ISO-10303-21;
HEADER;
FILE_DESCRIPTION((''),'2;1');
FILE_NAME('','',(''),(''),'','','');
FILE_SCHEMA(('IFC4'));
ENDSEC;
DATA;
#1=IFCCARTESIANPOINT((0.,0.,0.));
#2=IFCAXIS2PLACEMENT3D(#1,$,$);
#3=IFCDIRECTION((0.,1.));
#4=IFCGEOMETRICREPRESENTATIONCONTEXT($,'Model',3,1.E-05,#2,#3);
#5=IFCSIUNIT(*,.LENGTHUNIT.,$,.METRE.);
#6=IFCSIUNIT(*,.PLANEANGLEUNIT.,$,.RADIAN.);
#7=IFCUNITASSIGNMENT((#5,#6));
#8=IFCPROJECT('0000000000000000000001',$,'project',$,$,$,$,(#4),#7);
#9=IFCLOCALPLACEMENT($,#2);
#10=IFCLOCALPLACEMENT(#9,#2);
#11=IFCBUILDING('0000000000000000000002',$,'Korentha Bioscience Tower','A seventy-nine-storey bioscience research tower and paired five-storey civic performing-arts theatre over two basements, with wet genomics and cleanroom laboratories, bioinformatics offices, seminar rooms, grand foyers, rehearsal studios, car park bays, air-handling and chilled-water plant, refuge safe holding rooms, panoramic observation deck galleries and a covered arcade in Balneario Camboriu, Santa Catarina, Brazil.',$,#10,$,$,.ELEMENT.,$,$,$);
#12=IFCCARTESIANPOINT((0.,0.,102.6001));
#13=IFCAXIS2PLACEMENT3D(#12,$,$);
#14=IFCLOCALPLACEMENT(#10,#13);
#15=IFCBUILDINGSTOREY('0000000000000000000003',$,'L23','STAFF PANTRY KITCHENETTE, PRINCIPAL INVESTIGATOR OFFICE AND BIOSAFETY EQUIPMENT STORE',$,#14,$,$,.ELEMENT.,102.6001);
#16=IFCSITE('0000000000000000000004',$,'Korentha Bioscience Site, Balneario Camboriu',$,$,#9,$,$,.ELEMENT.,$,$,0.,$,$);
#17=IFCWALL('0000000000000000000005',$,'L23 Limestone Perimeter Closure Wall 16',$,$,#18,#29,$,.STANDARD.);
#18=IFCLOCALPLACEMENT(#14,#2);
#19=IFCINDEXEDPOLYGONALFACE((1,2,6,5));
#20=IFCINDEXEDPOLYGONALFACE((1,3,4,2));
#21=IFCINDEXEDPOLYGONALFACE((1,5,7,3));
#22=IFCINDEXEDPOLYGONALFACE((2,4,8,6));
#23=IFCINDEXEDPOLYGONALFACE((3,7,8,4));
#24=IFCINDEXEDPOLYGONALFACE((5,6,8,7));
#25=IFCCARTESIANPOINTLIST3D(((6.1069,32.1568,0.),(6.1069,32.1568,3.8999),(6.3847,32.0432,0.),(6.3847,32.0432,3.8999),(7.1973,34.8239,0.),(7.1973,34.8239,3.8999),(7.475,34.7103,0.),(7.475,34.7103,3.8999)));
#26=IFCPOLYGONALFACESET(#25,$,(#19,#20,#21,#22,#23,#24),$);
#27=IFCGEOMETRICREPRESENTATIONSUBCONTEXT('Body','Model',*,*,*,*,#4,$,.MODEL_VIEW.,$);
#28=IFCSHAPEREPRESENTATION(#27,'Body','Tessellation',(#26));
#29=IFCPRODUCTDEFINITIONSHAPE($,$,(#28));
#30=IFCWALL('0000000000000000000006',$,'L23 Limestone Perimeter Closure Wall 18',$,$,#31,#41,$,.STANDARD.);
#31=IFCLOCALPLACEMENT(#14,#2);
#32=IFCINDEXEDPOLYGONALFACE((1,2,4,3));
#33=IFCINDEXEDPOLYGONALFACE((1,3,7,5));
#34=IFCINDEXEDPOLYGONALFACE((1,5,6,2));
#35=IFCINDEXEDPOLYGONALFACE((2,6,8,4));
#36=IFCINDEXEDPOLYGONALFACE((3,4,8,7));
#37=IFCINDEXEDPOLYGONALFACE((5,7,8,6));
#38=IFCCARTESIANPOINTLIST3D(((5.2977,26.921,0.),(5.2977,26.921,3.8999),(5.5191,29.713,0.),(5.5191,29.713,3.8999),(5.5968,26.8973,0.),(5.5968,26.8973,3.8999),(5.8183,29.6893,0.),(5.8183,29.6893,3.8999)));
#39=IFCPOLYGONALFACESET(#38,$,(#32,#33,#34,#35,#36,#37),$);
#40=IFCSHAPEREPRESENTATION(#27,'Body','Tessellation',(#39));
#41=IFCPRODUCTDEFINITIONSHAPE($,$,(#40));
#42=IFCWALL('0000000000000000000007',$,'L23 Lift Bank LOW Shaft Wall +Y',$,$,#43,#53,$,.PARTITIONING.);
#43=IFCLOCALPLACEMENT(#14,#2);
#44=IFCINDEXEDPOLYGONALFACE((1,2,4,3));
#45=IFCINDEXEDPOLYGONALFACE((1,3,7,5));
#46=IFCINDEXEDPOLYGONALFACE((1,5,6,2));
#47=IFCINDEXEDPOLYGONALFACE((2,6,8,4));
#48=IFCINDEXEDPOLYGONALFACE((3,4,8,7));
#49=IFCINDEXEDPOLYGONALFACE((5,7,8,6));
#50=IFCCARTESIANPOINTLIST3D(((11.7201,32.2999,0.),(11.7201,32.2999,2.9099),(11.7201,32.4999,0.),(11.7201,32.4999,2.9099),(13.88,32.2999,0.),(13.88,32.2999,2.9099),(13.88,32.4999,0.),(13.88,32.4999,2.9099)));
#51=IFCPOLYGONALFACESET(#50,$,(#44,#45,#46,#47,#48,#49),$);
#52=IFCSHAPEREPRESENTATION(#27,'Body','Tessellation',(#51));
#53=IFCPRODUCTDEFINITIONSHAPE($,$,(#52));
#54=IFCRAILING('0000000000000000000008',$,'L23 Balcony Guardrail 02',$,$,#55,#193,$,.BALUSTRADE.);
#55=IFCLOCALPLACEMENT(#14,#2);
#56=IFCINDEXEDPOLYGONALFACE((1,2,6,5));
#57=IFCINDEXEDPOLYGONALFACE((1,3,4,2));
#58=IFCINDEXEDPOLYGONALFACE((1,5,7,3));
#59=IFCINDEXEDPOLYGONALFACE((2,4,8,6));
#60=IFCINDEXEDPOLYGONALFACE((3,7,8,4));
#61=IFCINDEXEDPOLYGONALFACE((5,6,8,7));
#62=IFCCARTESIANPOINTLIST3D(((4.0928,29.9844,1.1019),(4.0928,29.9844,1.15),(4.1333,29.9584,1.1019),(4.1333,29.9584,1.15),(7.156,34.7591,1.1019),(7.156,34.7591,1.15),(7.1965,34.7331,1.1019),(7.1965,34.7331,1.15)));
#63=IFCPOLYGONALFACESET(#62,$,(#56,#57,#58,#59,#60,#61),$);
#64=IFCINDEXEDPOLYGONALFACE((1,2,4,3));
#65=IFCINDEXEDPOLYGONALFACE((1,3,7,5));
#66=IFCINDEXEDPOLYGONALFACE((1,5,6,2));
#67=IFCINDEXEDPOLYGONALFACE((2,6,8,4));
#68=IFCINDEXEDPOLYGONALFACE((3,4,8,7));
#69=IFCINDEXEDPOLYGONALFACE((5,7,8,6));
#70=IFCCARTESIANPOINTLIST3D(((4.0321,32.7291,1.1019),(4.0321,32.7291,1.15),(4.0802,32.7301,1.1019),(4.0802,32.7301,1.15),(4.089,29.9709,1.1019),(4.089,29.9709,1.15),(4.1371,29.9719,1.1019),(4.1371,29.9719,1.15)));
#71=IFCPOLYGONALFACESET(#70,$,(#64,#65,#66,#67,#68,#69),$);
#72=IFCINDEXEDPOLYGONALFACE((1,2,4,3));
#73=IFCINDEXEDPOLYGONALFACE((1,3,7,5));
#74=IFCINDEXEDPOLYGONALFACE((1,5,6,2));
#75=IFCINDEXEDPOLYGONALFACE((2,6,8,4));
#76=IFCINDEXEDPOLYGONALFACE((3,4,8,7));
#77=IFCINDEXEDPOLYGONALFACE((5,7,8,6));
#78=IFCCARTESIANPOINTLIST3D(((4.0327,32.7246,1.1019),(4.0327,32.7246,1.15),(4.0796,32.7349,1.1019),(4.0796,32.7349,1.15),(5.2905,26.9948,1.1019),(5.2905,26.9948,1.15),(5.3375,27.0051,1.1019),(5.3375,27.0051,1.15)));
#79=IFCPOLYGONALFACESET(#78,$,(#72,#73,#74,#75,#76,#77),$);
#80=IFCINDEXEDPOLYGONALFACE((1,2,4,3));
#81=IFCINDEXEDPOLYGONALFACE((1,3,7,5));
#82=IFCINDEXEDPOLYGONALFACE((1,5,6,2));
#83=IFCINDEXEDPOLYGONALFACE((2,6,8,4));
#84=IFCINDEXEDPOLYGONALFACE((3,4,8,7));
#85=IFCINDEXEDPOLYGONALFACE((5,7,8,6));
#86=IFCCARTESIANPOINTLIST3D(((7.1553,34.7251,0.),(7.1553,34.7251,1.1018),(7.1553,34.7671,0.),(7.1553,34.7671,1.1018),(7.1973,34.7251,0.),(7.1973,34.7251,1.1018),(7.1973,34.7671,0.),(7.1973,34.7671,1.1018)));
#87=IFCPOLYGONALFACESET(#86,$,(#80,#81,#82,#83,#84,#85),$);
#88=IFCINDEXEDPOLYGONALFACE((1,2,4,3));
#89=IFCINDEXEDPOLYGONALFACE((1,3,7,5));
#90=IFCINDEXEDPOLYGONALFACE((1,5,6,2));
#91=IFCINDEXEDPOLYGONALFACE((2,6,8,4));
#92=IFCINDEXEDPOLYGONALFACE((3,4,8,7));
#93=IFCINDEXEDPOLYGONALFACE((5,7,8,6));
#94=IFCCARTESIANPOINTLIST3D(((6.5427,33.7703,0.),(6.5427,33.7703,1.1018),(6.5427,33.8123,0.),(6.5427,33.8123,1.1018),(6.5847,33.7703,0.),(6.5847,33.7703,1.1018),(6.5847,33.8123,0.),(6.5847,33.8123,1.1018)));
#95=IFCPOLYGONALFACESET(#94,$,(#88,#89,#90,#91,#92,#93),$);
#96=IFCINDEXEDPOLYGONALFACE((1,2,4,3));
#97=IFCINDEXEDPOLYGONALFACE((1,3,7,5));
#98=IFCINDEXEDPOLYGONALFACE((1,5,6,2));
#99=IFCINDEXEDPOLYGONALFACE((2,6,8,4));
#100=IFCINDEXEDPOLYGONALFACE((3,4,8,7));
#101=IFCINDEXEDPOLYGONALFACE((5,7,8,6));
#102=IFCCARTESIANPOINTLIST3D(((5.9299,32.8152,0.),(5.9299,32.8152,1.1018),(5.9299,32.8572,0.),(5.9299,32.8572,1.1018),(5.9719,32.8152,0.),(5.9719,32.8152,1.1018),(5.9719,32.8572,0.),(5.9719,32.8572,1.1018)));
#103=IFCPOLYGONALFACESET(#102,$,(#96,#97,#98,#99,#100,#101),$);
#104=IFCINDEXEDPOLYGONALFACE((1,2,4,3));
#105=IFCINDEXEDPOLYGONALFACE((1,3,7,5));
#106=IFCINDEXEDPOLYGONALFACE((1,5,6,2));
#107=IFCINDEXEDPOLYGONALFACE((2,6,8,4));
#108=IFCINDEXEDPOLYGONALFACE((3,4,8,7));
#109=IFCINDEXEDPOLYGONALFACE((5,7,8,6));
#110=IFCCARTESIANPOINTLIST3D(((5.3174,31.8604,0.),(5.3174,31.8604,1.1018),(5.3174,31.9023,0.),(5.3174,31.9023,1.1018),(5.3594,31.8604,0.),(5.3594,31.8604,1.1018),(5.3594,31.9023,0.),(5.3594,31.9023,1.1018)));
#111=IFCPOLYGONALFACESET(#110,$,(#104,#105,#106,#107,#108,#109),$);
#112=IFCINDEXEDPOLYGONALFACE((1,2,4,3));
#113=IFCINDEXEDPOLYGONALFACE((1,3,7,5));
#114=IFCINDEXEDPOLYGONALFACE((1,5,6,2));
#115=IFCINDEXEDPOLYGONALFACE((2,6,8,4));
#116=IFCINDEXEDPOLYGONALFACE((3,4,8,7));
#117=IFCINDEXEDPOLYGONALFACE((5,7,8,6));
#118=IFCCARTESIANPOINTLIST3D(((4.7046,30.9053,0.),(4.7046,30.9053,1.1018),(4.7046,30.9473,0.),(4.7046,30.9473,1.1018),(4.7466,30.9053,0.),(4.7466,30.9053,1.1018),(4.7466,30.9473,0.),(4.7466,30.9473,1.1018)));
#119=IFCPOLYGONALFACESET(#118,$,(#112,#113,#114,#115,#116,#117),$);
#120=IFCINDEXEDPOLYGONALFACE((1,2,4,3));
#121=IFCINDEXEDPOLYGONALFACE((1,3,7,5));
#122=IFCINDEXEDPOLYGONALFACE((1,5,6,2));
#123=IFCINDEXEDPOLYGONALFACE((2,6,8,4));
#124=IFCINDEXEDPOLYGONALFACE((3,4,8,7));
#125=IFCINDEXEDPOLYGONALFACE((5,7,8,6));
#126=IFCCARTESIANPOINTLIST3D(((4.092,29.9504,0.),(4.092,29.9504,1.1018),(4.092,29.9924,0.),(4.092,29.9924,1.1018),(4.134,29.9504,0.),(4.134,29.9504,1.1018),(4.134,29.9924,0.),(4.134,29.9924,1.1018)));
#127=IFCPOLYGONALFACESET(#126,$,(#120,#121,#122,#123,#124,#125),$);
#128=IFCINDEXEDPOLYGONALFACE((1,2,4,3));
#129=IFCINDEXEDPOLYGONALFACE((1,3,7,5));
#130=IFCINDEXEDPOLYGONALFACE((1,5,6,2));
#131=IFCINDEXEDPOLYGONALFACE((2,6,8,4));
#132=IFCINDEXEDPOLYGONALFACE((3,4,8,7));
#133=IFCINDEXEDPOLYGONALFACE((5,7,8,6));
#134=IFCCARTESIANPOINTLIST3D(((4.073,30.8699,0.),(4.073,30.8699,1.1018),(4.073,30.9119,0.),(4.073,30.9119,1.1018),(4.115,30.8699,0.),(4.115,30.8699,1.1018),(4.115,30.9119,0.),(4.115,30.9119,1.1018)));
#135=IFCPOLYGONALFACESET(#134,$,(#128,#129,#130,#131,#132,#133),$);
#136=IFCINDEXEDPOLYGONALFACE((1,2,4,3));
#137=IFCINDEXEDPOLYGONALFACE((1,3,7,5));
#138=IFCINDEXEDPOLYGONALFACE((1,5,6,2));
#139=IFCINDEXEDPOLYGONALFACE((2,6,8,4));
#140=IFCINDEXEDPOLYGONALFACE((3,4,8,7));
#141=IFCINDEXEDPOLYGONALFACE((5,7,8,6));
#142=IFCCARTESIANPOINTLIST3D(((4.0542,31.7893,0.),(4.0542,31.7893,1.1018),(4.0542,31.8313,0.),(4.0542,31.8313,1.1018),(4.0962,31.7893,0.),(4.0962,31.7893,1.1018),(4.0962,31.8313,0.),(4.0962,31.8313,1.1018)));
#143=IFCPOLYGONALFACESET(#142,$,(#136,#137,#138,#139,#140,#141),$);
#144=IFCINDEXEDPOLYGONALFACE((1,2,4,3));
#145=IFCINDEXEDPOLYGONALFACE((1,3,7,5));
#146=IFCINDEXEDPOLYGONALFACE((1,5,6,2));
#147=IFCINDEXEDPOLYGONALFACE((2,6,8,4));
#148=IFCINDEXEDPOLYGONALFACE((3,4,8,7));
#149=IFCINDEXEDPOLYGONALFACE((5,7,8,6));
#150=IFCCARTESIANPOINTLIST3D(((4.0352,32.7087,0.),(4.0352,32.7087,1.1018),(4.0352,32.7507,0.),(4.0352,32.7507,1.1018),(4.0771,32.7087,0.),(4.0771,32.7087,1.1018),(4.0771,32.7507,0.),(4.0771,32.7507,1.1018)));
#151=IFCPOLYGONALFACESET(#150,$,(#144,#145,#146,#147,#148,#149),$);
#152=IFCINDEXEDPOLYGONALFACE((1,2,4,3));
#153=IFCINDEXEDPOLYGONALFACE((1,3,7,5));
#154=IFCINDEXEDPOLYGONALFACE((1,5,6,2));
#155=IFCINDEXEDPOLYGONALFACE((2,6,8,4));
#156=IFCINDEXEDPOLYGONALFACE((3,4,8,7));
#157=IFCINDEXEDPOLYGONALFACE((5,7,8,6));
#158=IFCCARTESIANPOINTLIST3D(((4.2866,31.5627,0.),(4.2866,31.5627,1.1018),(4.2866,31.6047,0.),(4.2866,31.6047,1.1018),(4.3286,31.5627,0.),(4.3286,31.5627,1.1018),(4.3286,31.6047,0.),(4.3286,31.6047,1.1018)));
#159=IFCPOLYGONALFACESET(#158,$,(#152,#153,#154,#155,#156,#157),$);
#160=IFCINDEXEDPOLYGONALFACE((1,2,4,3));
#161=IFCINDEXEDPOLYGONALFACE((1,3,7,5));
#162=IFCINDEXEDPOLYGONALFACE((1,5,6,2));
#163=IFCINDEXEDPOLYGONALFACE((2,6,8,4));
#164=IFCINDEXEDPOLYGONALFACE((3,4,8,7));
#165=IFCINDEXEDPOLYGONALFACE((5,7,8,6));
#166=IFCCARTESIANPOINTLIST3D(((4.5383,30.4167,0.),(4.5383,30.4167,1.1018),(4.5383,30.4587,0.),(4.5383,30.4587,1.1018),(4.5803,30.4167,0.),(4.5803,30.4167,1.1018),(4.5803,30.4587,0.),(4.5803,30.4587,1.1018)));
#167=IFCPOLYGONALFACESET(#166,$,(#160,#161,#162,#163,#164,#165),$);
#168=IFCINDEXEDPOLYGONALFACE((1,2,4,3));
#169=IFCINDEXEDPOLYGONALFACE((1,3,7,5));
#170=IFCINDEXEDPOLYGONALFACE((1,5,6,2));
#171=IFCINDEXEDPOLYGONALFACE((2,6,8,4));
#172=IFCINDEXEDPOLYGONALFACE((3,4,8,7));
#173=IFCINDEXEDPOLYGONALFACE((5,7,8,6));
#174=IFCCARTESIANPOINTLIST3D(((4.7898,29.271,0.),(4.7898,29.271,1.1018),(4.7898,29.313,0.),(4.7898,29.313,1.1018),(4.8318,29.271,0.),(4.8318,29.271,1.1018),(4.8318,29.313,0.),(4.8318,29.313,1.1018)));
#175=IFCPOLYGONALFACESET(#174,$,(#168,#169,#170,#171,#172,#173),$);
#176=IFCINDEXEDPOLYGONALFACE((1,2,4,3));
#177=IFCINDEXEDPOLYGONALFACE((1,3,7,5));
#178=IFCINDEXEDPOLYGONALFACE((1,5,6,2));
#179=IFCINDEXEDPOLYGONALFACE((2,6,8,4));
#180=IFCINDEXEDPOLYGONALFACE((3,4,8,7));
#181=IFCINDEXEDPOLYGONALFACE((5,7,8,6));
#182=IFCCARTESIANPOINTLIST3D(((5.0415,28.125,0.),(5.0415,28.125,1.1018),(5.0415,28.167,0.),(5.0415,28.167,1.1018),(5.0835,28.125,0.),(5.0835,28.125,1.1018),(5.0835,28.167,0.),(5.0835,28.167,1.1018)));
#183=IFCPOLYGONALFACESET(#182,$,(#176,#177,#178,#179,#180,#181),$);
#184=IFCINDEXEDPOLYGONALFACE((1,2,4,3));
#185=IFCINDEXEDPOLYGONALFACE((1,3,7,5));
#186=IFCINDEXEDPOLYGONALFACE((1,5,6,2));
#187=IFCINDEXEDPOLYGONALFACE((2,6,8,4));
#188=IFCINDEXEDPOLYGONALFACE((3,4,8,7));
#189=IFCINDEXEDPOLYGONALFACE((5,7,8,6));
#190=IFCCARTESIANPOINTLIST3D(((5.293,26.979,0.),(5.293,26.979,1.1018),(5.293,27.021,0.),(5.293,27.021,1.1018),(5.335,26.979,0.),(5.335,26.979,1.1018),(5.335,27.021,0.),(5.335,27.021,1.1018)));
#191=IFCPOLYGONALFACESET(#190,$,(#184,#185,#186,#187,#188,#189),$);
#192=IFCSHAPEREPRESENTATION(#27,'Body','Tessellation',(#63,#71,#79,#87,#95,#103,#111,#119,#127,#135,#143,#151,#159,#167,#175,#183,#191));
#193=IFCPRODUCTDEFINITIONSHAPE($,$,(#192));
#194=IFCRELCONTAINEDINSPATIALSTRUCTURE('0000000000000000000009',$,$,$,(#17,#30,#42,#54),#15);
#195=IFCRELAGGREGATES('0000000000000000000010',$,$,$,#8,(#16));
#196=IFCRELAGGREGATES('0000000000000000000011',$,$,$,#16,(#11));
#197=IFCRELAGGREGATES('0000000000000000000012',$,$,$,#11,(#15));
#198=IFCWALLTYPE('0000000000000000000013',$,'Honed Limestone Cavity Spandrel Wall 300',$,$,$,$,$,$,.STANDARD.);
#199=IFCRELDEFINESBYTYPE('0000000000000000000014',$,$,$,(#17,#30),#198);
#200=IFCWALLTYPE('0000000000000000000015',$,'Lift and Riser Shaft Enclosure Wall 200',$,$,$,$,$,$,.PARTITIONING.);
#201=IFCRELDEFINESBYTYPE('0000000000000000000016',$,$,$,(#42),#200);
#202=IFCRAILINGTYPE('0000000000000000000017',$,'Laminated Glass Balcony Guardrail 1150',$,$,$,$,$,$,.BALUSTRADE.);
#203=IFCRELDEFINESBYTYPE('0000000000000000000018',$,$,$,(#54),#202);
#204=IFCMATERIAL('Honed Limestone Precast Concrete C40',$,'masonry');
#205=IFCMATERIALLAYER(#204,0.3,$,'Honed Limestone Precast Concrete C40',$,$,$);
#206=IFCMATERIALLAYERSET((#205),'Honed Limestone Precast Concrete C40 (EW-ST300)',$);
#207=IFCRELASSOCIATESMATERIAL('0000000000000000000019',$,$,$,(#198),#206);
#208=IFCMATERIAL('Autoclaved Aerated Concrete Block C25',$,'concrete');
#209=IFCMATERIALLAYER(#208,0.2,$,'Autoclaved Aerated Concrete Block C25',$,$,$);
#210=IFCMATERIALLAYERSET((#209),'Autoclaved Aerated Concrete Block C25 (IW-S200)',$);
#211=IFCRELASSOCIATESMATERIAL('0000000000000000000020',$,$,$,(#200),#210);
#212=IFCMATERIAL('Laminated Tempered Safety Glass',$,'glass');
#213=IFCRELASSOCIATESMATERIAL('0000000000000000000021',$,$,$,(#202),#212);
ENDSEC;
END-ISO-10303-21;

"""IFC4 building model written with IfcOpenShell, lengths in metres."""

from ifc_helpers import new_model, si_unit, direction, frame, frame_2d, origin, origin_2d, place, context, subcontext, project, spatial, rectangle, extrude, material, layer, layer_set, type_object, element, save


model = new_model("IFC4")

# Units and contexts
model_context = context("Model", 3, precision=1e-05, world=origin(), true_north=direction((0.0, 1.0)))
body_context = subcontext(model_context, "Body", "Model", "MODEL_VIEW")
ifc_project = project(units=[si_unit("LENGTHUNIT", "METRE"), si_unit("PLANEANGLEUNIT", "RADIAN")], contexts=[model_context])

# Site, building, storey
site_placement = place(None, origin())
site = spatial("IfcSite", under=ifc_project, at=site_placement, Name="Korentha Bioscience Site, Balneario Camboriu", CompositionType="ELEMENT", RefElevation=0.0)
building_placement = place(site_placement, origin())
building = spatial("IfcBuilding", under=site, at=building_placement, Name="Korentha Bioscience Tower", Description="A seventy-nine-storey bioscience research tower and paired five-storey civic performing-arts theatre over two basements, with wet genomics and cleanroom laboratories, bioinformatics offices, seminar rooms, grand foyers, rehearsal studios, car park bays, air-handling and chilled-water plant, refuge safe holding rooms, panoramic observation deck galleries and a covered arcade in Balneario Camboriu, Santa Catarina, Brazil.", CompositionType="ELEMENT")
storey_placement = place(building_placement, frame((0.0, 0.0, 102.6001)))
storey = spatial("IfcBuildingStorey", under=building, at=storey_placement, Name="L23", Description="STAFF PANTRY KITCHENETTE, PRINCIPAL INVESTIGATOR OFFICE AND BIOSAFETY EQUIPMENT STORE", CompositionType="ELEMENT", Elevation=102.6001)

# Shared definitions
ifc_material_1 = material(Name="Honed Limestone Precast Concrete C40", Category="masonry")
ifc_layer_1 = layer(ifc_material_1, 0.3, Name="Honed Limestone Precast Concrete C40")
ifc_layer_set_1 = layer_set([ifc_layer_1], Name="Honed Limestone Precast Concrete C40 (EW-ST300)")
wall_type_1 = type_object("IfcWallType", Name="Honed Limestone Cavity Spandrel Wall 300", PredefinedType="STANDARD", material=ifc_layer_set_1)

# Walls
wall_1_placement = place(storey_placement, frame((7.3362, 34.7671, 0.0), z_axis=(0.0, 0.0, 1.0), x_axis=(-0.378422, -0.925633, 0.0)))
element("IfcWall", 1, at=wall_1_placement, inside=storey, type_object=wall_type_1, Name="L23 Limestone Perimeter Closure Wall 16", PredefinedType="STANDARD", context=body_context, shape_type="SweptSolid", body=[
    extrude(rectangle(XDim=2.8813, YDim=0.3, at=frame_2d((1.4407, 0.0))), origin(), (0.0, 0.0, 1.0), 3.8999),
])
wall_2_placement = place(storey_placement, frame((5.6687, 29.7012, 0.0), z_axis=(0.0, 0.0, 1.0), x_axis=(-0.079063, -0.99687, 0.0)))
element("IfcWall", 2, at=wall_2_placement, inside=storey, type_object=wall_type_1, Name="L23 Limestone Perimeter Closure Wall 18", PredefinedType="STANDARD", context=body_context, shape_type="SweptSolid", body=[
    extrude(rectangle(XDim=2.8008, YDim=0.3, at=frame_2d((1.4004, 0.0))), origin(), (0.0, 0.0, 1.0), 3.8999),
])
ifc_material_2 = material(Name="Autoclaved Aerated Concrete Block C25", Category="concrete")
ifc_layer_2 = layer(ifc_material_2, 0.2, Name="Autoclaved Aerated Concrete Block C25")
ifc_layer_set_2 = layer_set([ifc_layer_2], Name="Autoclaved Aerated Concrete Block C25 (IW-S200)")
wall_type_2 = type_object("IfcWallType", Name="Lift and Riser Shaft Enclosure Wall 200", PredefinedType="PARTITIONING", material=ifc_layer_set_2)
wall_3_placement = place(storey_placement, frame((11.72, 32.3999, 0.0), z_axis=(0.0, 0.0, 1.0), x_axis=(1.0, 0.0, 0.0)))
element("IfcWall", 3, at=wall_3_placement, inside=storey, type_object=wall_type_2, Name="L23 Lift Bank LOW Shaft Wall +Y", PredefinedType="PARTITIONING", context=body_context, shape_type="SweptSolid", body=[
    extrude(rectangle(XDim=2.1599, YDim=0.2, at=frame_2d((1.0801, 0.0))), origin(), (0.0, 0.0, 1.0), 2.9099),
])

# Railing
ifc_material_3 = material(Name="Laminated Tempered Safety Glass", Category="glass")
railing_type = type_object("IfcRailingType", Name="Laminated Glass Balcony Guardrail 1150", PredefinedType="BALUSTRADE", material=ifc_material_3)
railing_placement = place(storey_placement, frame((7.1763, 34.7461, 0.0)))
element("IfcRailing", 4, at=railing_placement, inside=storey, type_object=railing_type, Name="L23 Balcony Guardrail 02", PredefinedType="BALUSTRADE", context=body_context, shape_type="SweptSolid", body=[
    extrude(rectangle(XDim=0.0481, YDim=0.0481, at=origin_2d()), frame((0.0, 0.0, 1.126), z_axis=(-0.539985, -0.841675, 0.0), x_axis=(0.841675, -0.539985, 0.0)), (0.0, 0.0, 1.0), 5.6729),
    extrude(rectangle(XDim=0.0481, YDim=0.0481, at=origin_2d()), frame((-3.0632, -4.7747, 1.126), z_axis=(-0.020619, 0.999787, 0.0), x_axis=(-0.999787, -0.020619, 0.0)), (0.0, 0.0, 1.0), 2.7588),
    extrude(rectangle(XDim=0.0481, YDim=0.0481, at=origin_2d()), frame((-3.1201, -2.0164, 1.126), z_axis=(0.214418, -0.976742, 0.0), x_axis=(0.976742, 0.214418, 0.0)), (0.0, 0.0, 1.0), 5.8662),
    extrude(rectangle(XDim=0.042, YDim=0.042, at=origin_2d()), origin(), (0.0, 0.0, 1.0), 1.1018),
    extrude(rectangle(XDim=0.042, YDim=0.042, at=origin_2d()), frame((-0.6125, -0.9548, 0.0)), (0.0, 0.0, 1.0), 1.1018),
    extrude(rectangle(XDim=0.042, YDim=0.042, at=origin_2d()), frame((-1.2253, -1.9099, 0.0)), (0.0, 0.0, 1.0), 1.1018),
    extrude(rectangle(XDim=0.042, YDim=0.042, at=origin_2d()), frame((-1.8379, -2.8647, 0.0)), (0.0, 0.0, 1.0), 1.1018),
    extrude(rectangle(XDim=0.042, YDim=0.042, at=origin_2d()), frame((-2.4507, -3.8198, 0.0)), (0.0, 0.0, 1.0), 1.1018),
    extrude(rectangle(XDim=0.042, YDim=0.042, at=origin_2d()), frame((-3.0632, -4.7747, 0.0)), (0.0, 0.0, 1.0), 1.1018),
    extrude(rectangle(XDim=0.042, YDim=0.042, at=origin_2d()), frame((-3.0823, -3.8552, 0.0)), (0.0, 0.0, 1.0), 1.1018),
    extrude(rectangle(XDim=0.042, YDim=0.042, at=origin_2d()), frame((-3.1011, -2.9358, 0.0)), (0.0, 0.0, 1.0), 1.1018),
    extrude(rectangle(XDim=0.042, YDim=0.042, at=origin_2d()), frame((-3.1201, -2.0164, 0.0)), (0.0, 0.0, 1.0), 1.1018),
    extrude(rectangle(XDim=0.042, YDim=0.042, at=origin_2d()), frame((-2.8687, -3.1624, 0.0)), (0.0, 0.0, 1.0), 1.1018),
    extrude(rectangle(XDim=0.042, YDim=0.042, at=origin_2d()), frame((-2.6169, -4.3083, 0.0)), (0.0, 0.0, 1.0), 1.1018),
    extrude(rectangle(XDim=0.042, YDim=0.042, at=origin_2d()), frame((-2.3655, -5.4541, 0.0)), (0.0, 0.0, 1.0), 1.1018),
    extrude(rectangle(XDim=0.042, YDim=0.042, at=origin_2d()), frame((-2.1138, -6.6001, 0.0)), (0.0, 0.0, 1.0), 1.1018),
    extrude(rectangle(XDim=0.042, YDim=0.042, at=origin_2d()), frame((-1.8623, -7.7461, 0.0)), (0.0, 0.0, 1.0), 1.1018),
])

save(model, "model.ifc")
